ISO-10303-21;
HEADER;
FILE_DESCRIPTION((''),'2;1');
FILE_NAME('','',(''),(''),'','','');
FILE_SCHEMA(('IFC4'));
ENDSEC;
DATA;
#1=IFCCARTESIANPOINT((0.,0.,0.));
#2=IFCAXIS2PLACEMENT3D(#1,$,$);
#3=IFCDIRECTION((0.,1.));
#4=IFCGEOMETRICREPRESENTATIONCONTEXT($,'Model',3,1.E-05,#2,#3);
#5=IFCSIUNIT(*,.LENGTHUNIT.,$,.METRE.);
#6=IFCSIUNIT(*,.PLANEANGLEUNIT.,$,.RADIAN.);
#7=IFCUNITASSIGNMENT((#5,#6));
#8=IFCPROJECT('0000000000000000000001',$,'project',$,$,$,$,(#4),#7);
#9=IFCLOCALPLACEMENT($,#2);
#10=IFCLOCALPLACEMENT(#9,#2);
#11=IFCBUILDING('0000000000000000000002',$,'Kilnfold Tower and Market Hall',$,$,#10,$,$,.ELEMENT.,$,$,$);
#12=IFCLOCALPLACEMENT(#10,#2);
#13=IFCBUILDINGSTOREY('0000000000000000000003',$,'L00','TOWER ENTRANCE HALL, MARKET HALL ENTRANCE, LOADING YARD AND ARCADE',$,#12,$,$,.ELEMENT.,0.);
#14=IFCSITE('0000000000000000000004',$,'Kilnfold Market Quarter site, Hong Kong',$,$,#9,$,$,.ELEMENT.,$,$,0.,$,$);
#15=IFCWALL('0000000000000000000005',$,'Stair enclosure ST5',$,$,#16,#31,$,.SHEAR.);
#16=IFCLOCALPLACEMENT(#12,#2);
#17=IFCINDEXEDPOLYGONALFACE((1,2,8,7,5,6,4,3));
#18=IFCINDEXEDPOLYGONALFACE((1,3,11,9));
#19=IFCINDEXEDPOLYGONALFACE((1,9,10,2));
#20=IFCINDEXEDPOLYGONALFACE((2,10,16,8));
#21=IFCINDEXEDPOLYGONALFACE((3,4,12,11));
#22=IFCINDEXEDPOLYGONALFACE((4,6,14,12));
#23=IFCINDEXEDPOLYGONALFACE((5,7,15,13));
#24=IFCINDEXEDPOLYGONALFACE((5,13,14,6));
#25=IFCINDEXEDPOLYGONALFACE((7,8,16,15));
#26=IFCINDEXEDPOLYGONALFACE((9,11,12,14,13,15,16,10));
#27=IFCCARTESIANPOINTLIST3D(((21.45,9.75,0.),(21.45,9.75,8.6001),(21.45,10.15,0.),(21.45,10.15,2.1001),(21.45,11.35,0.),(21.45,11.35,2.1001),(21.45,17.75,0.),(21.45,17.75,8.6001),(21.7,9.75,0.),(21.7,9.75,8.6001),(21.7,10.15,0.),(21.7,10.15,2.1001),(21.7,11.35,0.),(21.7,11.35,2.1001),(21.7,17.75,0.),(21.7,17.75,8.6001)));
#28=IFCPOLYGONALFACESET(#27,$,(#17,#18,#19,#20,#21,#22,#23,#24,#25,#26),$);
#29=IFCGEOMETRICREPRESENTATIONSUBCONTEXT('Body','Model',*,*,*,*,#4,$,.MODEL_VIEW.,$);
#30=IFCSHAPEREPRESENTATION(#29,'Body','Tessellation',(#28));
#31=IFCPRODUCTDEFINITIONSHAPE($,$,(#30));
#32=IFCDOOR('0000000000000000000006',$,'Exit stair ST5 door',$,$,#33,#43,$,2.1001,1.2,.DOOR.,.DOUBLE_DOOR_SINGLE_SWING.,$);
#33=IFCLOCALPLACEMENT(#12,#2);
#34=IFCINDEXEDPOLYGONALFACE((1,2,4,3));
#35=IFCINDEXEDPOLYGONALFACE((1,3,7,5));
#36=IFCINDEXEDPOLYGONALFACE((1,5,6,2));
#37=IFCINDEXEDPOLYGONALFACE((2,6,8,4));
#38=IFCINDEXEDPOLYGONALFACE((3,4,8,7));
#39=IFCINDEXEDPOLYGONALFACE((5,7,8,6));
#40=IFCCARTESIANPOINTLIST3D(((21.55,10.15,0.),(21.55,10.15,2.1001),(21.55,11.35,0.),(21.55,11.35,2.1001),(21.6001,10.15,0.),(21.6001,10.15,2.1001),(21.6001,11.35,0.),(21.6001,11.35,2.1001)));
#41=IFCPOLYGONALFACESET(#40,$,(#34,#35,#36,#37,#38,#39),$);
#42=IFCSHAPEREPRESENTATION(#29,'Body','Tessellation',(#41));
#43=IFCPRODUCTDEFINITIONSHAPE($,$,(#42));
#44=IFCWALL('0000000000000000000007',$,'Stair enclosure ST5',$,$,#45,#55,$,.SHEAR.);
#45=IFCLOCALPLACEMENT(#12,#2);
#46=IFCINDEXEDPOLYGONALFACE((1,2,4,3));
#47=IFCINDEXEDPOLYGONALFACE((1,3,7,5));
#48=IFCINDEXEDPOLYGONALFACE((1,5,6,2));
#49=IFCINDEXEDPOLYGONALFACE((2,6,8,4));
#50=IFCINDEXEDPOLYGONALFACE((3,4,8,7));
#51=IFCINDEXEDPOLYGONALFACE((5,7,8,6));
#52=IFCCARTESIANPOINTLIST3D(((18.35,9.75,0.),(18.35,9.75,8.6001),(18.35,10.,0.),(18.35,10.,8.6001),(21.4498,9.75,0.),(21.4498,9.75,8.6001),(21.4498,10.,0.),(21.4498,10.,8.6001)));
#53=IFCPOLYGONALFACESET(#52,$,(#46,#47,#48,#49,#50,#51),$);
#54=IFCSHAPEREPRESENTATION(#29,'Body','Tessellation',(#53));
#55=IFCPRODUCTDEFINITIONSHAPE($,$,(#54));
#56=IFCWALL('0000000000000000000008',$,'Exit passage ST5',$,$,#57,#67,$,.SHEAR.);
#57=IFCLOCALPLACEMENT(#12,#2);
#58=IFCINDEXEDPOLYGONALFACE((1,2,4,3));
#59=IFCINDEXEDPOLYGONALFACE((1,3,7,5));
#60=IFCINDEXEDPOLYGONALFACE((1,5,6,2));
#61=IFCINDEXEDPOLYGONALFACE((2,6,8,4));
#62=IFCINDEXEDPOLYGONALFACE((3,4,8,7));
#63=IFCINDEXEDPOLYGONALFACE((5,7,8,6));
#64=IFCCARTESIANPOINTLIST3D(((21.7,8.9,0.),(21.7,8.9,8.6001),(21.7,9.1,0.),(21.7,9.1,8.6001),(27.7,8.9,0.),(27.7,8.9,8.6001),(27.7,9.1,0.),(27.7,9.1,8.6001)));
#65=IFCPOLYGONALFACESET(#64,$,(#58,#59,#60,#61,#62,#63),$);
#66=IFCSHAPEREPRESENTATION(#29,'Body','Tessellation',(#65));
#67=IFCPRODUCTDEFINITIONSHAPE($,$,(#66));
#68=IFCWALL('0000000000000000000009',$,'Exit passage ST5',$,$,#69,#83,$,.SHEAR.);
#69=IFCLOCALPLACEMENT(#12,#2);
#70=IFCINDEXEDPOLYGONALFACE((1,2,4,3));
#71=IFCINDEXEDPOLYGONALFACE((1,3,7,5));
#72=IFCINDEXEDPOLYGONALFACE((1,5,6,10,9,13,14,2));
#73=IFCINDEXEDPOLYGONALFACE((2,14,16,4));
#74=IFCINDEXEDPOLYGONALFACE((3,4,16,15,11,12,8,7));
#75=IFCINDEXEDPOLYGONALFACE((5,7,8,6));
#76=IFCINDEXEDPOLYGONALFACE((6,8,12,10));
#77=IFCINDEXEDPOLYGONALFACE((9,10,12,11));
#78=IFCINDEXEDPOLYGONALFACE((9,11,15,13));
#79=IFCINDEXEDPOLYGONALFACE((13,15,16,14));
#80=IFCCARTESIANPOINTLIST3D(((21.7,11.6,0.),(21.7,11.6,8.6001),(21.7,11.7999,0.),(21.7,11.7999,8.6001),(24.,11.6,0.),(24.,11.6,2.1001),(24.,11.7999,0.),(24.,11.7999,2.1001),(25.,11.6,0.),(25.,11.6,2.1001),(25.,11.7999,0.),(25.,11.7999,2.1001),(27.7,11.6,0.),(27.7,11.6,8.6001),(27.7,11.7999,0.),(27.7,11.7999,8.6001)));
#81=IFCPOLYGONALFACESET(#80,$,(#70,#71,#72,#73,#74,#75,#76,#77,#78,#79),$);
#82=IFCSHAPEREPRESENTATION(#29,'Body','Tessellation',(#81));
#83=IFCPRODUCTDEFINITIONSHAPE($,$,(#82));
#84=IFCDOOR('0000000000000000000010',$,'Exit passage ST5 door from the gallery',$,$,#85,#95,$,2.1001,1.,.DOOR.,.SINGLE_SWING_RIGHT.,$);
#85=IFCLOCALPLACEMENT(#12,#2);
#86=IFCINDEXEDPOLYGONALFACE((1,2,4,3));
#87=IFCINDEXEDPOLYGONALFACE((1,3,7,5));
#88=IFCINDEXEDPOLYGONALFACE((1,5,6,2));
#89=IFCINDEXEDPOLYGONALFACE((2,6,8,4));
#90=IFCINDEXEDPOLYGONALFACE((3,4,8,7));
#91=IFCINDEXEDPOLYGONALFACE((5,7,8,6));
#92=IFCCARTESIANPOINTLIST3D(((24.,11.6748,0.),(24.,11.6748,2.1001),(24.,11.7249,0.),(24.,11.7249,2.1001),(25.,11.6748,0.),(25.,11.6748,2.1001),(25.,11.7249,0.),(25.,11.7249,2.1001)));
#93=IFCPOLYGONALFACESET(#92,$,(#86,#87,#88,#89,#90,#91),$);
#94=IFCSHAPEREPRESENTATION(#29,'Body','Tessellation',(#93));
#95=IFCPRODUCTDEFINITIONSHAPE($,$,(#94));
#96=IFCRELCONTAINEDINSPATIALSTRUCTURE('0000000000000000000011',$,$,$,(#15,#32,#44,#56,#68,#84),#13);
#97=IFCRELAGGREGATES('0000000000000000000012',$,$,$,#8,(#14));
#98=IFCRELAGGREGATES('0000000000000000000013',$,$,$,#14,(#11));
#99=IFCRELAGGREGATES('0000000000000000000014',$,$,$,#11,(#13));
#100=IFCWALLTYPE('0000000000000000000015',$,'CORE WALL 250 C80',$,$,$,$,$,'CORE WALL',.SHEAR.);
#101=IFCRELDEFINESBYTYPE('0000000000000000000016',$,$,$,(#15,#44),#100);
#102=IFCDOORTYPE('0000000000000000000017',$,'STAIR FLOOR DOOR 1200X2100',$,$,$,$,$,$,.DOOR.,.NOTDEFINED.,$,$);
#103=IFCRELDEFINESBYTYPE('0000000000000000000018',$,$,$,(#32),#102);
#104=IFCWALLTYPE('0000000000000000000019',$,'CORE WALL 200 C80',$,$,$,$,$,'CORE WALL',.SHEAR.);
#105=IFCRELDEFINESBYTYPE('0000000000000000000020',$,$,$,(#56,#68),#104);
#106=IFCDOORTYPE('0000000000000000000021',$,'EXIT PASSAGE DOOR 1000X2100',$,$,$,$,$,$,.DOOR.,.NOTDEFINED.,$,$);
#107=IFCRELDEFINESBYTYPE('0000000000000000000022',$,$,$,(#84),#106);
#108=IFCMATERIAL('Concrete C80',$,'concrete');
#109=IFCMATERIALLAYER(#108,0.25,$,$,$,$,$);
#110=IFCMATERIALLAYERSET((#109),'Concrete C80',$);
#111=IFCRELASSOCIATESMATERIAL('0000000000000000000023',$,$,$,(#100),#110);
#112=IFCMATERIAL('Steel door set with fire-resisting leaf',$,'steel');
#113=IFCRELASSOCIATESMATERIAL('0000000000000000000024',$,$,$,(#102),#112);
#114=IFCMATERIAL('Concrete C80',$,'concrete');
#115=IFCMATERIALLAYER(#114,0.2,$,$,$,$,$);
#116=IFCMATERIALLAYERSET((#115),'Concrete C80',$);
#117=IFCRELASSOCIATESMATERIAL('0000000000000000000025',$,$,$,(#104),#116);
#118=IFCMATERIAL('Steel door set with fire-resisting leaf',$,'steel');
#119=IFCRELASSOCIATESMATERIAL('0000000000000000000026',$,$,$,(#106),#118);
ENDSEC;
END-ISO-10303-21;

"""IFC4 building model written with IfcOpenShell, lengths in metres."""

from ifc_helpers import new_model, si_unit, direction, frame, frame_2d, origin, place, context, subcontext, project, spatial, rectangle, extrude, source, transform, mapped, material, layer, layer_set, type_object, element, fill, save


model = new_model("IFC4")

# Units and contexts
model_context = context("Model", 3, precision=1e-05, world=origin(), true_north=direction((0.0, 1.0)))
body_context = subcontext(model_context, "Body", "Model", "MODEL_VIEW")
ifc_project = project(units=[si_unit("LENGTHUNIT", "METRE"), si_unit("PLANEANGLEUNIT", "RADIAN")], contexts=[model_context])

# Site, building, storey
site_placement = place(None, origin())
site = spatial("IfcSite", under=ifc_project, at=site_placement, Name="Kilnfold Market Quarter site, Hong Kong", CompositionType="ELEMENT", RefElevation=0.0)
building_placement = place(site_placement, origin())
building = spatial("IfcBuilding", under=site, at=building_placement, Name="Kilnfold Tower and Market Hall", CompositionType="ELEMENT")
storey_placement = place(building_placement, origin())
storey = spatial("IfcBuildingStorey", under=building, at=storey_placement, Name="L00", Description="TOWER ENTRANCE HALL, MARKET HALL ENTRANCE, LOADING YARD AND ARCADE", CompositionType="ELEMENT", Elevation=0.0)

# Shared definitions
ifc_material_1 = material(Name="Concrete C80", Category="concrete")
ifc_layer_1 = layer(ifc_material_1, 0.25)
ifc_layer_set_1 = layer_set([ifc_layer_1], Name="Concrete C80")
wall_type_1 = type_object("IfcWallType", Name="CORE WALL 250 C80", ElementType="CORE WALL", PredefinedType="SHEAR", material=ifc_layer_set_1)
shared_shape_1 = source(origin(), body_context, "Body", "SweptSolid", [
    extrude(rectangle(XDim=8.0, YDim=0.25, at=frame_2d((4.0, 0.0))), origin(), (0.0, 0.0, 1.0), 8.6001),
])

# Wall, opening, door
wall_1_placement = place(storey_placement, frame((21.575, 9.75, 0.0), z_axis=(0.0, 0.0, 1.0), x_axis=(0.0, 1.0, 0.0)))
wall_1 = element("IfcWall", 1, at=wall_1_placement, inside=storey, type_object=wall_type_1, Name="Stair enclosure ST5", PredefinedType="SHEAR", context=body_context, shape_type="MappedRepresentation", body=[
    mapped(shared_shape_1, transform((0.0, 0.0, 0.0))),
])
opening_1_placement = place(wall_1_placement, frame((0.3999, 0.0, 0.0)))
opening_1 = element("IfcOpeningElement", 2, at=opening_1_placement, cuts=wall_1, PredefinedType="OPENING", context=body_context, shape_type="SweptSolid", body=[
    extrude(rectangle(XDim=1.2, YDim=2.1001, at=frame_2d((0.6001, 1.05))), frame((0.0, 0.135, 0.0), z_axis=(0.0, -1.0, 0.0), x_axis=(1.0, 0.0, 0.0)), (0.0, 0.0, 1.0), 0.27),
])
ifc_material_2 = material(Name="Steel door set with fire-resisting leaf", Category="steel")
door_type_1 = type_object("IfcDoorType", Name="STAIR FLOOR DOOR 1200X2100", OperationType="NOTDEFINED", PredefinedType="DOOR", material=ifc_material_2)
door_1_placement = place(opening_1_placement, origin())
door_1 = element("IfcDoor", 3, at=door_1_placement, inside=storey, type_object=door_type_1, Name="Exit stair ST5 door", OperationType="DOUBLE_DOOR_SINGLE_SWING", OverallHeight=2.1001, OverallWidth=1.2, PredefinedType="DOOR", context=body_context, shape_type="SweptSolid", body=[
    extrude(rectangle(XDim=1.2, YDim=2.1001, at=frame_2d((0.6001, 1.05))), frame((0.0, 0.0249, 0.0), z_axis=(0.0, -1.0, 0.0), x_axis=(1.0, 0.0, 0.0)), (0.0, 0.0, 1.0), 0.05),
])
fill(opening_1, door_1)

# Walls
shared_shape_2 = source(origin(), body_context, "Body", "SweptSolid", [
    extrude(rectangle(XDim=3.0999, YDim=0.25, at=frame_2d((1.5498, 0.0))), origin(), (0.0, 0.0, 1.0), 8.6001),
])
wall_2_placement = place(storey_placement, frame((18.3501, 9.875, 0.0), z_axis=(0.0, 0.0, 1.0), x_axis=(1.0, 0.0, 0.0)))
element("IfcWall", 4, at=wall_2_placement, inside=storey, type_object=wall_type_1, Name="Stair enclosure ST5", PredefinedType="SHEAR", context=body_context, shape_type="MappedRepresentation", body=[
    mapped(shared_shape_2, transform((0.0, 0.0, 0.0))),
])
ifc_material_3 = material(Name="Concrete C80", Category="concrete")
ifc_layer_2 = layer(ifc_material_3, 0.2)
ifc_layer_set_2 = layer_set([ifc_layer_2], Name="Concrete C80")
wall_type_2 = type_object("IfcWallType", Name="CORE WALL 200 C80", ElementType="CORE WALL", PredefinedType="SHEAR", material=ifc_layer_set_2)
shared_shape_3 = source(origin(), body_context, "Body", "SweptSolid", [
    extrude(rectangle(XDim=6.0, YDim=0.2, at=frame_2d((3.0, 0.0))), origin(), (0.0, 0.0, 1.0), 8.6001),
])
wall_3_placement = place(storey_placement, frame((21.7, 9.0, 0.0), z_axis=(0.0, 0.0, 1.0), x_axis=(1.0, 0.0, 0.0)))
element("IfcWall", 5, at=wall_3_placement, inside=storey, type_object=wall_type_2, Name="Exit passage ST5", PredefinedType="SHEAR", context=body_context, shape_type="MappedRepresentation", body=[
    mapped(shared_shape_3, transform((0.0, 0.0, 0.0))),
])

# Wall, opening, door
wall_4_placement = place(storey_placement, frame((21.7, 11.7, 0.0), z_axis=(0.0, 0.0, 1.0), x_axis=(1.0, 0.0, 0.0)))
wall_4 = element("IfcWall", 6, at=wall_4_placement, inside=storey, type_object=wall_type_2, Name="Exit passage ST5", PredefinedType="SHEAR", context=body_context, shape_type="MappedRepresentation", body=[
    mapped(shared_shape_3, transform((0.0, 0.0, 0.0))),
])
opening_2_placement = place(wall_4_placement, frame((2.3, 0.0, 0.0)))
opening_2 = element("IfcOpeningElement", 7, at=opening_2_placement, cuts=wall_4, PredefinedType="OPENING", context=body_context, shape_type="SweptSolid", body=[
    extrude(rectangle(XDim=1.0, YDim=2.1001, at=frame_2d((0.5, 1.05))), frame((0.0, 0.1099, 0.0), z_axis=(0.0, -1.0, 0.0), x_axis=(1.0, 0.0, 0.0)), (0.0, 0.0, 1.0), 0.22),
])
ifc_material_4 = material(Name="Steel door set with fire-resisting leaf", Category="steel")
door_type_2 = type_object("IfcDoorType", Name="EXIT PASSAGE DOOR 1000X2100", OperationType="NOTDEFINED", PredefinedType="DOOR", material=ifc_material_4)
door_2_placement = place(opening_2_placement, origin())
door_2 = element("IfcDoor", 8, at=door_2_placement, inside=storey, type_object=door_type_2, Name="Exit passage ST5 door from the gallery", OperationType="SINGLE_SWING_RIGHT", OverallHeight=2.1001, OverallWidth=1.0, PredefinedType="DOOR", context=body_context, shape_type="SweptSolid", body=[
    extrude(rectangle(XDim=1.0, YDim=2.1001, at=frame_2d((0.5, 1.05))), frame((0.0, 0.0249, 0.0), z_axis=(0.0, -1.0, 0.0), x_axis=(1.0, 0.0, 0.0)), (0.0, 0.0, 1.0), 0.05),
])
fill(opening_2, door_2)

save(model, "model.ifc")
